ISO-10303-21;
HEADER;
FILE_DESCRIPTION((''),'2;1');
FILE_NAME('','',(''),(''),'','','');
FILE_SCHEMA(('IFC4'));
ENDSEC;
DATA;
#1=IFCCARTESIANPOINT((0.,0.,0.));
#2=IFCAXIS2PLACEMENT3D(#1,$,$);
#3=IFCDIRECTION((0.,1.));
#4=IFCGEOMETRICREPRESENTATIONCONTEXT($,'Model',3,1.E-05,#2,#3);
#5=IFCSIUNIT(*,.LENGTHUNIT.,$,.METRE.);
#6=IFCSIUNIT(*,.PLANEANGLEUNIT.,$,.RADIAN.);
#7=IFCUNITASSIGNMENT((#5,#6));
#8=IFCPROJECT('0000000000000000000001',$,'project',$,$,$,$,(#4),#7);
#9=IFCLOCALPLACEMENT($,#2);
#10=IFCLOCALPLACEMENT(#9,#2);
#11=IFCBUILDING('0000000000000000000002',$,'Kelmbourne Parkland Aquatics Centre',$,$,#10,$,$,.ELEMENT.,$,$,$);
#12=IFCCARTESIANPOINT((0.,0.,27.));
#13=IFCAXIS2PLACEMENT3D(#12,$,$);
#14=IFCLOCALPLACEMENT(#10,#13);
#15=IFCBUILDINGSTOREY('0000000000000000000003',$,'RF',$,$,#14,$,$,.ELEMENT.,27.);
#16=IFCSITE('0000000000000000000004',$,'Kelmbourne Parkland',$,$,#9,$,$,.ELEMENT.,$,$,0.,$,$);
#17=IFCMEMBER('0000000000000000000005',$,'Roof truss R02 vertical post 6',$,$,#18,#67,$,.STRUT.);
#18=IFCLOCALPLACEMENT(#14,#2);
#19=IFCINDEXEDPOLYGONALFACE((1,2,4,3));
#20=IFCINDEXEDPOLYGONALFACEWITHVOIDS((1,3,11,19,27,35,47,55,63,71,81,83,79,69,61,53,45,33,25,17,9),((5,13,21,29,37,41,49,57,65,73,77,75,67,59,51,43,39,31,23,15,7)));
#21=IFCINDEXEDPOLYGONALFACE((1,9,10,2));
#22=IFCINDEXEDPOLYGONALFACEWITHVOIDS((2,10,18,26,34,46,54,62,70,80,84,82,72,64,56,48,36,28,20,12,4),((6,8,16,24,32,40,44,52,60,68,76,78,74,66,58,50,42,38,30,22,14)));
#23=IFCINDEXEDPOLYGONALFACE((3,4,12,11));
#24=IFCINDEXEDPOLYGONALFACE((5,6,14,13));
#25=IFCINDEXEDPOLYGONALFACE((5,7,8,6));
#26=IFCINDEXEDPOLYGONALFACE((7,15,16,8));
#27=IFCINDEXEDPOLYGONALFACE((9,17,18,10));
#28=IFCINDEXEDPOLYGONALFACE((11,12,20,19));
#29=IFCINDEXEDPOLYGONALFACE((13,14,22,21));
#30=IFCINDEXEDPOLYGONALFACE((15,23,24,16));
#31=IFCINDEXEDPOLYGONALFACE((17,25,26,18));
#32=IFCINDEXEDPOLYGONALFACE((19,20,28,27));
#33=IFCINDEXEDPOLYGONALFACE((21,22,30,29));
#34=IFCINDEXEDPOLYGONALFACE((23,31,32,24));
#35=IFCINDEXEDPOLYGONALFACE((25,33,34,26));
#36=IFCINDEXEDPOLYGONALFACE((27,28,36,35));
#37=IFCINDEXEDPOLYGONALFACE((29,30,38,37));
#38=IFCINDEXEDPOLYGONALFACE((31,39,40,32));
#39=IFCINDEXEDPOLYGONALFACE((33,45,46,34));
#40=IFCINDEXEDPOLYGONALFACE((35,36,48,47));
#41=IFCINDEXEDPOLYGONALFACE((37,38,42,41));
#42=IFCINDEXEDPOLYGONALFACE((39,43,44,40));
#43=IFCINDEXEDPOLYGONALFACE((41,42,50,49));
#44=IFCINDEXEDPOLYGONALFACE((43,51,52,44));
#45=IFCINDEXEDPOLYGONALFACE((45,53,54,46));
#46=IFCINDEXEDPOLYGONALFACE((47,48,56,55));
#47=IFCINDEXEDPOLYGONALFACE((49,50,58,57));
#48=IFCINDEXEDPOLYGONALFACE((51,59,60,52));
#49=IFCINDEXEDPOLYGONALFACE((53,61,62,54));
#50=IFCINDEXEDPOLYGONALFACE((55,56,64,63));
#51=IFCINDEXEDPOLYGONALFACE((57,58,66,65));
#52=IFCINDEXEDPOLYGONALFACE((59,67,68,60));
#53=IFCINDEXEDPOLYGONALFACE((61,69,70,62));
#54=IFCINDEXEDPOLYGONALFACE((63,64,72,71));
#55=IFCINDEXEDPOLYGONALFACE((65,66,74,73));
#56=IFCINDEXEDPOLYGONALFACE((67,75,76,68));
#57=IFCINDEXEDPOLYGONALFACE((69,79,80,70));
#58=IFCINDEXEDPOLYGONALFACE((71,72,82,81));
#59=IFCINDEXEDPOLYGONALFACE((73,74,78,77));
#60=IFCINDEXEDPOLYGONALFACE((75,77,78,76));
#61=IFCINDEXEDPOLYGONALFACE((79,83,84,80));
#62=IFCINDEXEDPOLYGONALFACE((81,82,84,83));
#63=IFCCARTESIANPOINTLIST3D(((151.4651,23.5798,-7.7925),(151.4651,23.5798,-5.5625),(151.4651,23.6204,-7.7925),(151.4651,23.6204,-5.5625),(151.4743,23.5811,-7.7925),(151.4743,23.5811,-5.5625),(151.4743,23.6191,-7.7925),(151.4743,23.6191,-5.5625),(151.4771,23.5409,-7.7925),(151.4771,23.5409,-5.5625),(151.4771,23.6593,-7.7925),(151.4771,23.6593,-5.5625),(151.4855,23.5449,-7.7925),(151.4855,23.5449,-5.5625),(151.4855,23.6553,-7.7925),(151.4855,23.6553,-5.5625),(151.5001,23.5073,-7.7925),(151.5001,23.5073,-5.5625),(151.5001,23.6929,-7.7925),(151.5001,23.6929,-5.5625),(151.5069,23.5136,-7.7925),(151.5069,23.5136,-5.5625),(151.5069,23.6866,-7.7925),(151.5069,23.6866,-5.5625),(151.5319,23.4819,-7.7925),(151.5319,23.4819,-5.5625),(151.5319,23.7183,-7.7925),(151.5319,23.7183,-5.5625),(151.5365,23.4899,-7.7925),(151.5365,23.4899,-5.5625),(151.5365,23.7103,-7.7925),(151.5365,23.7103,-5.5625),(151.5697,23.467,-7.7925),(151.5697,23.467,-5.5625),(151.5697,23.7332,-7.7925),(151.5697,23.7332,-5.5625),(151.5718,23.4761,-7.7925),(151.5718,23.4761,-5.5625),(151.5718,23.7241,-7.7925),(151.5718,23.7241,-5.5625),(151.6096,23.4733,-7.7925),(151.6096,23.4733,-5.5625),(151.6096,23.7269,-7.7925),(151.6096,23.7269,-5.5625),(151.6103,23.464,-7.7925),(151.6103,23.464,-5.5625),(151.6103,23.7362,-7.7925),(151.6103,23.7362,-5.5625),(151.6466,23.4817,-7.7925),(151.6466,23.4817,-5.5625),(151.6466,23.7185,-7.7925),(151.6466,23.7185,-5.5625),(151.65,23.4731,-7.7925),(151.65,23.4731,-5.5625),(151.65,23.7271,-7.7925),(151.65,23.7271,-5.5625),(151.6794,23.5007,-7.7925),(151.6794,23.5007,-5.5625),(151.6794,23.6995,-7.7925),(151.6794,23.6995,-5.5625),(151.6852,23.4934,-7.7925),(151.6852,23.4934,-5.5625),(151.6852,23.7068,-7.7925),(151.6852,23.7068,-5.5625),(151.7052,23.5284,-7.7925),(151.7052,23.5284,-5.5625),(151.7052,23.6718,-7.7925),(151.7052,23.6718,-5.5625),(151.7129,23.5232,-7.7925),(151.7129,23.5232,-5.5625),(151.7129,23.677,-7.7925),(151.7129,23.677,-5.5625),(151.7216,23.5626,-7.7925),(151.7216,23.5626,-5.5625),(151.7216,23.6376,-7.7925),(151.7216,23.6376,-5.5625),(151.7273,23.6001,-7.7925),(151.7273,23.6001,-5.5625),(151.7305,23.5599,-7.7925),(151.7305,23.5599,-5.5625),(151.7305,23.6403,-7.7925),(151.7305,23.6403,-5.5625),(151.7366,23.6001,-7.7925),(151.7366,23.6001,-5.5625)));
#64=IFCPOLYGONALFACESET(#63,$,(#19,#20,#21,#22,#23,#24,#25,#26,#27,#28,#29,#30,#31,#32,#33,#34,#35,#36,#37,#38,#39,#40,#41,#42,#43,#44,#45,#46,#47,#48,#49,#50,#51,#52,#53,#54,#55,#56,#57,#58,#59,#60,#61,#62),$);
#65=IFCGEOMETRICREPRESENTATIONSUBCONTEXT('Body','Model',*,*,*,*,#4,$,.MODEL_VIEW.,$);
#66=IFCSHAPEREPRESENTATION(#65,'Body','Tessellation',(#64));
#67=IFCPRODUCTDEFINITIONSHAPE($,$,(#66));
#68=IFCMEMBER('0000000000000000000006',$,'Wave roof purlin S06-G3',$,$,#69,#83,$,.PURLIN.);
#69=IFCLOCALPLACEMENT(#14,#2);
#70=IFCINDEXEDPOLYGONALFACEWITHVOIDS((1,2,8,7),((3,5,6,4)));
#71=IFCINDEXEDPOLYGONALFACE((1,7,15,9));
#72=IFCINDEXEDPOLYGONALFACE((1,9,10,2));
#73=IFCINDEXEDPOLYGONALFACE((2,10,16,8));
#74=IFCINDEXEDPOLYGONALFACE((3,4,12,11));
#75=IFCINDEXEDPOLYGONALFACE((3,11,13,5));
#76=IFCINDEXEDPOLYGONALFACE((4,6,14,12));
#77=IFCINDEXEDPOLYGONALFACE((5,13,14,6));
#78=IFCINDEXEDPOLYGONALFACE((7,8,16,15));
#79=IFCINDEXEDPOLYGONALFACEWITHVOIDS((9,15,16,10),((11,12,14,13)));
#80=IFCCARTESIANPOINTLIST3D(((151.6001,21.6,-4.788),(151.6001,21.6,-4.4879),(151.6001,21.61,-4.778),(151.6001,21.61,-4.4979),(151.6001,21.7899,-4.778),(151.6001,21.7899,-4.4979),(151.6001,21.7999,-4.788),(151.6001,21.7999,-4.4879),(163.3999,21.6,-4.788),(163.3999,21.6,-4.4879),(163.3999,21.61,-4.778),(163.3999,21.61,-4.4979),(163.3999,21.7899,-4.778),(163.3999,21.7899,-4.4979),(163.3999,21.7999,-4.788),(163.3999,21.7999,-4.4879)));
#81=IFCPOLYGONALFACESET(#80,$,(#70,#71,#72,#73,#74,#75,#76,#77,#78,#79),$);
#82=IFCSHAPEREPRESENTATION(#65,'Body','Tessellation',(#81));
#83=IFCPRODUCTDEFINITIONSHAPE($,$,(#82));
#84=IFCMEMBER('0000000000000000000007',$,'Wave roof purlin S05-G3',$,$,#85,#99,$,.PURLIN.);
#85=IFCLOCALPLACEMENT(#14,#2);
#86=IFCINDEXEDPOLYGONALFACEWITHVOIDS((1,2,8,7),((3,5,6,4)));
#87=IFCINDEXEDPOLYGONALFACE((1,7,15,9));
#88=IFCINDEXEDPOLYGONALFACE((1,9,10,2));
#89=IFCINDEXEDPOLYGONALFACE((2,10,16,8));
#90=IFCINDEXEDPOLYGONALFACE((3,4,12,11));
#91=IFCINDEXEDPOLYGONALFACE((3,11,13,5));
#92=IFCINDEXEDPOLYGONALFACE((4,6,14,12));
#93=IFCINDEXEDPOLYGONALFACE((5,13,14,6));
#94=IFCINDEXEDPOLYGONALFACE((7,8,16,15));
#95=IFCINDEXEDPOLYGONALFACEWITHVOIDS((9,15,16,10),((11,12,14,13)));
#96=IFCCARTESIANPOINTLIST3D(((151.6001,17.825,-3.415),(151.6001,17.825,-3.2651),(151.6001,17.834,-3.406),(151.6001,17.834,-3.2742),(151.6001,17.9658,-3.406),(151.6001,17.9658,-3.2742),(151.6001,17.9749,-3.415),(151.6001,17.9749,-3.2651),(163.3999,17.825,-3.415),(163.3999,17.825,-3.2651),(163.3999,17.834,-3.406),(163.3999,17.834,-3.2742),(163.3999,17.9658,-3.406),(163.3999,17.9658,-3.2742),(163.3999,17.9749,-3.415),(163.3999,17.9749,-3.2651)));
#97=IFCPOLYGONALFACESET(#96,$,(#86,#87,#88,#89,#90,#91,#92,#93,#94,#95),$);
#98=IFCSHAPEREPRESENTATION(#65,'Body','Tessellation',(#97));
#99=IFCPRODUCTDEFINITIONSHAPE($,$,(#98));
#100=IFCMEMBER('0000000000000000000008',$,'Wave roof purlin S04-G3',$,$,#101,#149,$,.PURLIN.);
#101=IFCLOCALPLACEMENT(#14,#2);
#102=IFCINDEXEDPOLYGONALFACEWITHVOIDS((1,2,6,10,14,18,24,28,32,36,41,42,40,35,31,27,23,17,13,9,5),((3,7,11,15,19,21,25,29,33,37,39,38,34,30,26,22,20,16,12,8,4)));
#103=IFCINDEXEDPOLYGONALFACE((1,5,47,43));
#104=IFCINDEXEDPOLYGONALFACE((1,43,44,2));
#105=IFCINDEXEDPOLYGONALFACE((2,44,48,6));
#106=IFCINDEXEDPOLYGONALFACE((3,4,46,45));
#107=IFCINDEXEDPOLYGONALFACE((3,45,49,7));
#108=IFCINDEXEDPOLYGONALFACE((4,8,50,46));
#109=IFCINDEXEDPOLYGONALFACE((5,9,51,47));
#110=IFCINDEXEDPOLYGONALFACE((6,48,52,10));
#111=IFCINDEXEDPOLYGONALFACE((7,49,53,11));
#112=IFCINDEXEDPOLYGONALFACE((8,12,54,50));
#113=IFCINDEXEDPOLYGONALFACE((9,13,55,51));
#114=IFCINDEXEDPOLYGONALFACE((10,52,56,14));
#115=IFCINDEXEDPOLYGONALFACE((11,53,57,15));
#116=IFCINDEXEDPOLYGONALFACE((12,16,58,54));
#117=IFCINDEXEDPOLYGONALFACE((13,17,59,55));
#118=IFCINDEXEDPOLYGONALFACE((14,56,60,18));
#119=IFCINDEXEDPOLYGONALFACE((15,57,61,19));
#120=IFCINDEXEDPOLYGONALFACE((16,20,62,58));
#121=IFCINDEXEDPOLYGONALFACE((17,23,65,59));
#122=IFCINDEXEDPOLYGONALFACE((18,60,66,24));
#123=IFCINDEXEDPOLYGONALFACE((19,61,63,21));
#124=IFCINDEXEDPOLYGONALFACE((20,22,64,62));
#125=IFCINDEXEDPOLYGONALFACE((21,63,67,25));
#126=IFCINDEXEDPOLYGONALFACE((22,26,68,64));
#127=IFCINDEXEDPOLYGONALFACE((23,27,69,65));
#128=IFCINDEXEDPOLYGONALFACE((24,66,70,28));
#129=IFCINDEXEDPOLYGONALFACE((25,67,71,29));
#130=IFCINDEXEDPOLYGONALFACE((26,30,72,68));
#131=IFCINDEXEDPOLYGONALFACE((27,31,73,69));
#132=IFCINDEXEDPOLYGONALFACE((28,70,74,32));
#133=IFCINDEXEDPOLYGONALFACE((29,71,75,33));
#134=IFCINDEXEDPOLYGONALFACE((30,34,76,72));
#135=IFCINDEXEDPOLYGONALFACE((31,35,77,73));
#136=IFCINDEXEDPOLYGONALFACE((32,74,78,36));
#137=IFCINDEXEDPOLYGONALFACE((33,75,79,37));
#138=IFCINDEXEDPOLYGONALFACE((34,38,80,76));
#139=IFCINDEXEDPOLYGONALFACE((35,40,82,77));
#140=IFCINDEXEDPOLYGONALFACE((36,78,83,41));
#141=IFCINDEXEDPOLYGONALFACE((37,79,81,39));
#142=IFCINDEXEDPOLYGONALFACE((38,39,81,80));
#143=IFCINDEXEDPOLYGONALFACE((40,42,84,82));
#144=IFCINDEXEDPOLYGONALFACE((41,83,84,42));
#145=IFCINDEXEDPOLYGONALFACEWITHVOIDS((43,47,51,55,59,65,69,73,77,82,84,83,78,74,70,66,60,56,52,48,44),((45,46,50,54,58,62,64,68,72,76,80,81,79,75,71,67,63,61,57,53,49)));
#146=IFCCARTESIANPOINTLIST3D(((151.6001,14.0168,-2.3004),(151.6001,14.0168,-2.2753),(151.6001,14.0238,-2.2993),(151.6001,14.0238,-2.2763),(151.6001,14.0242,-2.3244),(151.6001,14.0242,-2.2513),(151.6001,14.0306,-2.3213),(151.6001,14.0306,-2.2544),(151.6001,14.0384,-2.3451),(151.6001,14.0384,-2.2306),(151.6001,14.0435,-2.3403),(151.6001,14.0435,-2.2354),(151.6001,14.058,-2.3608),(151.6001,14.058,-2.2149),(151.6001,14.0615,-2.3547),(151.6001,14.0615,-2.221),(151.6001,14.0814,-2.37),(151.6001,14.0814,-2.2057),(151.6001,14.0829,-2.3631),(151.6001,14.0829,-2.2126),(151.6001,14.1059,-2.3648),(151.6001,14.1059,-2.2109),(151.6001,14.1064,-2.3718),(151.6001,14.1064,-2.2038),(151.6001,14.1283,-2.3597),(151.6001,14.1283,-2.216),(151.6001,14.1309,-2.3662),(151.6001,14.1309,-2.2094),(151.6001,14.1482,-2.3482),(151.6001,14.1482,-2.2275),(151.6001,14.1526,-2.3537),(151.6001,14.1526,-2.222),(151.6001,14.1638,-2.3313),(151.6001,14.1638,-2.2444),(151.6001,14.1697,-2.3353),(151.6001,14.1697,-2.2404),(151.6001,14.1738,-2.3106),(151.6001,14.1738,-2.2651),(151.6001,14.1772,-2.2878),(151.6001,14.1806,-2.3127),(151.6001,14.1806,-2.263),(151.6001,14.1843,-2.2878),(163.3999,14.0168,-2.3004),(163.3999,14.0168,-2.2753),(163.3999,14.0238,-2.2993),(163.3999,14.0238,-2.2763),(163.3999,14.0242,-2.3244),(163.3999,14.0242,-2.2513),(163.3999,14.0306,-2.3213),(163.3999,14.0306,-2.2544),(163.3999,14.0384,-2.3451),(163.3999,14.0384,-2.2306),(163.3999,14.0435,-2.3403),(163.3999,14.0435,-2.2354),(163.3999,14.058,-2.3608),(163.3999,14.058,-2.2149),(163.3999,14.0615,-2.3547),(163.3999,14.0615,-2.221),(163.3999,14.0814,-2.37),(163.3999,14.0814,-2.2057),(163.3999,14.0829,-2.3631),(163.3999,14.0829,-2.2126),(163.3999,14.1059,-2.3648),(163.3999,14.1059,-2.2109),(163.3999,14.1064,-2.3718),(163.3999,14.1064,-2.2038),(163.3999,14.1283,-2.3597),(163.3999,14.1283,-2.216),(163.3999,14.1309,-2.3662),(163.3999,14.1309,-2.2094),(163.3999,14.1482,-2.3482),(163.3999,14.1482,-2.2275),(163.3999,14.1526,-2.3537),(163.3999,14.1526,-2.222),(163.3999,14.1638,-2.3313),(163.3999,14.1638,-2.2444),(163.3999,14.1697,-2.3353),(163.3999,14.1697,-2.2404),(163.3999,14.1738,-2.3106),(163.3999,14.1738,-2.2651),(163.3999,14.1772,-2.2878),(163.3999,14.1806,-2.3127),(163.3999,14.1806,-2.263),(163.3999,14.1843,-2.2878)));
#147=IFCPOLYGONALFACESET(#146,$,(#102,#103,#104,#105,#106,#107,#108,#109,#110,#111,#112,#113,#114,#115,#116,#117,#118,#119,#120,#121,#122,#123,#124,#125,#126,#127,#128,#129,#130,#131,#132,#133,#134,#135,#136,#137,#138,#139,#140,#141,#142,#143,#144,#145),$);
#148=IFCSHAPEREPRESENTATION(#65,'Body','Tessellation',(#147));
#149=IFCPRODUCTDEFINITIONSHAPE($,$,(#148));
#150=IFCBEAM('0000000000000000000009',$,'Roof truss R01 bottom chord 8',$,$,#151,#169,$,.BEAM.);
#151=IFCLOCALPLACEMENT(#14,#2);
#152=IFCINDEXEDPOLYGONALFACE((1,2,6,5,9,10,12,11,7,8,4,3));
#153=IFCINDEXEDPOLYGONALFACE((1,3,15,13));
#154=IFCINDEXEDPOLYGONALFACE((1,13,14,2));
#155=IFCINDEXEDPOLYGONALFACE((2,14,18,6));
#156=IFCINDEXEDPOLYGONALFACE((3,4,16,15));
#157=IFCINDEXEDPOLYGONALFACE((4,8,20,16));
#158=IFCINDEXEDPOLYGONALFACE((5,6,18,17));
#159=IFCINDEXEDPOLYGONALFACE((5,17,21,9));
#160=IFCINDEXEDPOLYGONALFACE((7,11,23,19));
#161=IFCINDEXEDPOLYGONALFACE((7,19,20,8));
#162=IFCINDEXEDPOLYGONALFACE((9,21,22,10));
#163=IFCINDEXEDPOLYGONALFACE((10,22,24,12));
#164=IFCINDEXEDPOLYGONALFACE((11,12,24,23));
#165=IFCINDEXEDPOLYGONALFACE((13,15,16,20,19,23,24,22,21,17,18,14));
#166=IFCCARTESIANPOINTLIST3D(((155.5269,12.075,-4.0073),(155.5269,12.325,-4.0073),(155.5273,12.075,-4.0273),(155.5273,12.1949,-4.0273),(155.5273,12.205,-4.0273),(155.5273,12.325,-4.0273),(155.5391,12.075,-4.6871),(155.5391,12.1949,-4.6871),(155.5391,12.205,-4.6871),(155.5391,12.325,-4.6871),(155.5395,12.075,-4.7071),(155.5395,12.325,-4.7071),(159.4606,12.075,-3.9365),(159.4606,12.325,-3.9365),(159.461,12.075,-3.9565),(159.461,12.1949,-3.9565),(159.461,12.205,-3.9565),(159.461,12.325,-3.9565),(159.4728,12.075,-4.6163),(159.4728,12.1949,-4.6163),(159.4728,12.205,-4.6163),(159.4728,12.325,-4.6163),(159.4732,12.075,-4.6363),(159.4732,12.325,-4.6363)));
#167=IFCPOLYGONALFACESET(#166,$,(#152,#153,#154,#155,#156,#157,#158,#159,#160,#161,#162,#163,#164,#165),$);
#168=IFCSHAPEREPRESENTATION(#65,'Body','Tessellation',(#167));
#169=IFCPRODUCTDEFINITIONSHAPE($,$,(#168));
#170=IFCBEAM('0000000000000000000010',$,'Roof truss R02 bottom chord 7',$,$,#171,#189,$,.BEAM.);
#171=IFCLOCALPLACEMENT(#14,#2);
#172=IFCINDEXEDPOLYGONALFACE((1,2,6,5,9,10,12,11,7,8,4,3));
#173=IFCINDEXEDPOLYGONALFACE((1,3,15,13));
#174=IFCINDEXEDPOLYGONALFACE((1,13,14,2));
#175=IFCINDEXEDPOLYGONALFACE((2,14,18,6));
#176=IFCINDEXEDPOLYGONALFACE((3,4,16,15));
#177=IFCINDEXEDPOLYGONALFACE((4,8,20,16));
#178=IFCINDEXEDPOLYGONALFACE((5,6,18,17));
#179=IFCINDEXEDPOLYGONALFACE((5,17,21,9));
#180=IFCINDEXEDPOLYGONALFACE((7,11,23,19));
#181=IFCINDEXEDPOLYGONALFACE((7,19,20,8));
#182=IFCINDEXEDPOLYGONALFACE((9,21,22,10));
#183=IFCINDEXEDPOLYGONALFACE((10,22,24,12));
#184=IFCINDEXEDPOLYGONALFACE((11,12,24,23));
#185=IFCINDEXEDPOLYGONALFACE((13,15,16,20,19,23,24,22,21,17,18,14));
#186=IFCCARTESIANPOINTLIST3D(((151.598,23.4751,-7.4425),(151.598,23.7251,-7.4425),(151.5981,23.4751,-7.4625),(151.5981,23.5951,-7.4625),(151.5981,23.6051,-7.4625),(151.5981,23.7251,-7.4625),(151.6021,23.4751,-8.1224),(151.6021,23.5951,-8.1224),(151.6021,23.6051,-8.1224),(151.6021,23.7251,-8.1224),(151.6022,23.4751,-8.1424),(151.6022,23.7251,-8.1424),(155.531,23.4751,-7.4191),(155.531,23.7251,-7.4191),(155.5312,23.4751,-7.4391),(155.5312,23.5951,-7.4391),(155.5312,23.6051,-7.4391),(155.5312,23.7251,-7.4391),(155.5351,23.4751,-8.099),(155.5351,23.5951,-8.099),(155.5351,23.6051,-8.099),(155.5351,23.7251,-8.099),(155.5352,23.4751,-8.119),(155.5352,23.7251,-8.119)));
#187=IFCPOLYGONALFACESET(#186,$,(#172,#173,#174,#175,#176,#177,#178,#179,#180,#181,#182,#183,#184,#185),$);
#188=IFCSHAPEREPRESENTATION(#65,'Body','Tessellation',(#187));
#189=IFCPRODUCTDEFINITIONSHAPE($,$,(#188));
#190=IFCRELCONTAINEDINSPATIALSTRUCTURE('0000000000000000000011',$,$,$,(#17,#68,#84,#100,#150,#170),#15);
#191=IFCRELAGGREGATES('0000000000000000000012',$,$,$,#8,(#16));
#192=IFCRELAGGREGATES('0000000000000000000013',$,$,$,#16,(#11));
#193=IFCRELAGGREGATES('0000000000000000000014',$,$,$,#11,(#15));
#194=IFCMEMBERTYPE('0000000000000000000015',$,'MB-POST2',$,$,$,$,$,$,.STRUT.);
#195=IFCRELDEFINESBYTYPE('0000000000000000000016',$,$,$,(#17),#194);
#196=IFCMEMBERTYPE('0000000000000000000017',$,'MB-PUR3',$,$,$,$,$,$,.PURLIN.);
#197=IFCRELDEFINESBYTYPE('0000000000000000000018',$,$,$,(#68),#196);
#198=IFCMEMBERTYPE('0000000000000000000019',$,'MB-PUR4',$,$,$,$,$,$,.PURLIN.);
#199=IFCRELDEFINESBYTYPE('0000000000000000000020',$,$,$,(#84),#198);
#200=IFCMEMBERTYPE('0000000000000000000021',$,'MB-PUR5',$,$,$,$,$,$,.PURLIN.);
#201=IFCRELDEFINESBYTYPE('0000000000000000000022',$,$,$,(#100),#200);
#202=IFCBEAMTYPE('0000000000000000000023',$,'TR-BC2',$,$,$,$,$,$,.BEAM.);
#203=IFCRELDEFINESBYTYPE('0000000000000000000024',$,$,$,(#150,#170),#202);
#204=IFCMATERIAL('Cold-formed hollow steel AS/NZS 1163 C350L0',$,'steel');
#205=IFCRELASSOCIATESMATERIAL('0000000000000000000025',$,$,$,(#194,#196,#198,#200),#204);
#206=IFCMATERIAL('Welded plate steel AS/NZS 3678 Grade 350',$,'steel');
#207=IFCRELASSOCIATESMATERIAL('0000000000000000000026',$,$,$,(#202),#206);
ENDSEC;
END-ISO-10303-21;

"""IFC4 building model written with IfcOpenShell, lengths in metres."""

from ifc_helpers import new_model, si_unit, direction, frame, origin, origin_2d, place, context, subcontext, project, spatial, hollow_rectangle, hollow_circle, i_section, extrude, material, material_profile, profile_set, type_object, element, save


model = new_model("IFC4")

# Units and contexts
model_context = context("Model", 3, precision=1e-05, world=origin(), true_north=direction((0.0, 1.0)))
body_context = subcontext(model_context, "Body", "Model", "MODEL_VIEW")
ifc_project = project(units=[si_unit("LENGTHUNIT", "METRE"), si_unit("PLANEANGLEUNIT", "RADIAN")], contexts=[model_context])

# Site, building, storey
site_placement = place(None, origin())
site = spatial("IfcSite", under=ifc_project, at=site_placement, Name="Kelmbourne Parkland", CompositionType="ELEMENT", RefElevation=0.0)
building_placement = place(site_placement, origin())
building = spatial("IfcBuilding", under=site, at=building_placement, Name="Kelmbourne Parkland Aquatics Centre", CompositionType="ELEMENT")
storey_placement = place(building_placement, frame((0.0, 0.0, 27.0)))
storey = spatial("IfcBuildingStorey", under=building, at=storey_placement, Name="RF", CompositionType="ELEMENT", Elevation=27.0)

# Members
ifc_material_1 = material(Name="Cold-formed hollow steel AS/NZS 1163 C350L0", Category="steel")
ifc_material_profile_1 = material_profile(ifc_material_1, hollow_circle(Radius=0.1365, WallThickness=0.0093, at=origin_2d()), Name="CHS 273.1x9.3")
ifc_profile_set_1 = profile_set([ifc_material_profile_1], Name="Cold-formed hollow steel AS/NZS 1163 C350L0")
member_type_1 = type_object("IfcMemberType", Name="MB-POST2", PredefinedType="STRUT", material=ifc_profile_set_1)
member_1_placement = place(storey_placement, frame((151.6001, 23.6001, -7.7925), z_axis=(0.0, 0.0, 1.0), x_axis=(1.0, 0.0, 0.0)))
element("IfcMember", 1, at=member_1_placement, inside=storey, type_object=member_type_1, Name="Roof truss R02 vertical post 6", PredefinedType="STRUT", context=body_context, shape_type="SweptSolid", body=[
    extrude(hollow_circle(Radius=0.1365, WallThickness=0.0093, at=origin_2d()), origin(), (0.0, 0.0, 1.0), 2.23),
])
ifc_material_profile_2 = material_profile(ifc_material_1, hollow_rectangle(XDim=0.2, YDim=0.3, WallThickness=0.01, at=origin_2d()), Name="RHS 300x200x10.0")
ifc_profile_set_2 = profile_set([ifc_material_profile_2], Name="Cold-formed hollow steel AS/NZS 1163 C350L0")
member_type_2 = type_object("IfcMemberType", Name="MB-PUR3", PredefinedType="PURLIN", material=ifc_profile_set_2)
member_2_placement = place(storey_placement, frame((151.6001, 21.7, -4.6379), z_axis=(1.0, 0.0, 0.0), x_axis=(0.0, 1.0, 0.0)))
element("IfcMember", 2, at=member_2_placement, inside=storey, type_object=member_type_2, Name="Wave roof purlin S06-G3", PredefinedType="PURLIN", context=body_context, shape_type="SweptSolid", body=[
    extrude(hollow_rectangle(XDim=0.2, YDim=0.3, WallThickness=0.01, at=origin_2d()), origin(), (0.0, 0.0, 1.0), 11.7998),
])
ifc_material_profile_3 = material_profile(ifc_material_1, hollow_rectangle(XDim=0.1499, YDim=0.1499, WallThickness=0.009, at=origin_2d()), Name="SHS 150x150x9.0")
ifc_profile_set_3 = profile_set([ifc_material_profile_3], Name="Cold-formed hollow steel AS/NZS 1163 C350L0")
member_type_3 = type_object("IfcMemberType", Name="MB-PUR4", PredefinedType="PURLIN", material=ifc_profile_set_3)
member_3_placement = place(storey_placement, frame((151.6001, 17.8999, -3.3401), z_axis=(1.0, 0.0, 0.0), x_axis=(0.0, 1.0, 0.0)))
element("IfcMember", 3, at=member_3_placement, inside=storey, type_object=member_type_3, Name="Wave roof purlin S05-G3", PredefinedType="PURLIN", context=body_context, shape_type="SweptSolid", body=[
    extrude(hollow_rectangle(XDim=0.1499, YDim=0.1499, WallThickness=0.009, at=origin_2d()), origin(), (0.0, 0.0, 1.0), 11.7998),
])
ifc_material_profile_4 = material_profile(ifc_material_1, hollow_circle(Radius=0.0842, WallThickness=0.0071, at=origin_2d()), Name="CHS 168.3x7.1")
ifc_profile_set_4 = profile_set([ifc_material_profile_4], Name="Cold-formed hollow steel AS/NZS 1163 C350L0")
member_type_4 = type_object("IfcMemberType", Name="MB-PUR5", PredefinedType="PURLIN", material=ifc_profile_set_4)
member_4_placement = place(storey_placement, frame((151.6001, 14.1001, -2.2878), z_axis=(1.0, 0.0, 0.0), x_axis=(0.0, 1.0, 0.0)))
element("IfcMember", 4, at=member_4_placement, inside=storey, type_object=member_type_4, Name="Wave roof purlin S04-G3", PredefinedType="PURLIN", context=body_context, shape_type="SweptSolid", body=[
    extrude(hollow_circle(Radius=0.0842, WallThickness=0.0071, at=origin_2d()), origin(), (0.0, 0.0, 1.0), 11.7998),
])

# Beams
ifc_material_2 = material(Name="Welded plate steel AS/NZS 3678 Grade 350", Category="steel")
ifc_material_profile_5 = material_profile(ifc_material_2, i_section(OverallWidth=0.25, OverallDepth=0.7, WebThickness=0.01, FlangeThickness=0.02, at=origin_2d()), Name="700WB130")
ifc_profile_set_5 = profile_set([ifc_material_profile_5], Name="Welded plate steel AS/NZS 3678 Grade 350")
beam_type_1 = type_object("IfcBeamType", Name="TR-BC2", PredefinedType="BEAM", material=ifc_profile_set_5)
beam_1_placement = place(storey_placement, frame((155.5332, 12.2, -4.3572), z_axis=(0.999838, 0.0, 0.017996), x_axis=(0.0, 1.0, 0.0)))
element("IfcBeam", 5, at=beam_1_placement, inside=storey, type_object=beam_type_1, Name="Roof truss R01 bottom chord 8", PredefinedType="BEAM", context=body_context, shape_type="SweptSolid", body=[
    extrude(i_section(OverallWidth=0.25, OverallDepth=0.7, WebThickness=0.01, FlangeThickness=0.02, at=origin_2d()), origin(), (0.0, 0.0, 1.0), 3.9343),
])
beam_2_placement = place(storey_placement, frame((151.6001, 23.6001, -7.7925), z_axis=(0.999982, 0.0, 0.005959), x_axis=(0.0, 1.0, 0.0)))
element("IfcBeam", 6, at=beam_2_placement, inside=storey, type_object=beam_type_1, Name="Roof truss R02 bottom chord 7", PredefinedType="BEAM", context=body_context, shape_type="SweptSolid", body=[
    extrude(i_section(OverallWidth=0.25, OverallDepth=0.7, WebThickness=0.01, FlangeThickness=0.02, at=origin_2d()), origin(), (0.0, 0.0, 1.0), 3.9331),
])

save(model, "model.ifc")
